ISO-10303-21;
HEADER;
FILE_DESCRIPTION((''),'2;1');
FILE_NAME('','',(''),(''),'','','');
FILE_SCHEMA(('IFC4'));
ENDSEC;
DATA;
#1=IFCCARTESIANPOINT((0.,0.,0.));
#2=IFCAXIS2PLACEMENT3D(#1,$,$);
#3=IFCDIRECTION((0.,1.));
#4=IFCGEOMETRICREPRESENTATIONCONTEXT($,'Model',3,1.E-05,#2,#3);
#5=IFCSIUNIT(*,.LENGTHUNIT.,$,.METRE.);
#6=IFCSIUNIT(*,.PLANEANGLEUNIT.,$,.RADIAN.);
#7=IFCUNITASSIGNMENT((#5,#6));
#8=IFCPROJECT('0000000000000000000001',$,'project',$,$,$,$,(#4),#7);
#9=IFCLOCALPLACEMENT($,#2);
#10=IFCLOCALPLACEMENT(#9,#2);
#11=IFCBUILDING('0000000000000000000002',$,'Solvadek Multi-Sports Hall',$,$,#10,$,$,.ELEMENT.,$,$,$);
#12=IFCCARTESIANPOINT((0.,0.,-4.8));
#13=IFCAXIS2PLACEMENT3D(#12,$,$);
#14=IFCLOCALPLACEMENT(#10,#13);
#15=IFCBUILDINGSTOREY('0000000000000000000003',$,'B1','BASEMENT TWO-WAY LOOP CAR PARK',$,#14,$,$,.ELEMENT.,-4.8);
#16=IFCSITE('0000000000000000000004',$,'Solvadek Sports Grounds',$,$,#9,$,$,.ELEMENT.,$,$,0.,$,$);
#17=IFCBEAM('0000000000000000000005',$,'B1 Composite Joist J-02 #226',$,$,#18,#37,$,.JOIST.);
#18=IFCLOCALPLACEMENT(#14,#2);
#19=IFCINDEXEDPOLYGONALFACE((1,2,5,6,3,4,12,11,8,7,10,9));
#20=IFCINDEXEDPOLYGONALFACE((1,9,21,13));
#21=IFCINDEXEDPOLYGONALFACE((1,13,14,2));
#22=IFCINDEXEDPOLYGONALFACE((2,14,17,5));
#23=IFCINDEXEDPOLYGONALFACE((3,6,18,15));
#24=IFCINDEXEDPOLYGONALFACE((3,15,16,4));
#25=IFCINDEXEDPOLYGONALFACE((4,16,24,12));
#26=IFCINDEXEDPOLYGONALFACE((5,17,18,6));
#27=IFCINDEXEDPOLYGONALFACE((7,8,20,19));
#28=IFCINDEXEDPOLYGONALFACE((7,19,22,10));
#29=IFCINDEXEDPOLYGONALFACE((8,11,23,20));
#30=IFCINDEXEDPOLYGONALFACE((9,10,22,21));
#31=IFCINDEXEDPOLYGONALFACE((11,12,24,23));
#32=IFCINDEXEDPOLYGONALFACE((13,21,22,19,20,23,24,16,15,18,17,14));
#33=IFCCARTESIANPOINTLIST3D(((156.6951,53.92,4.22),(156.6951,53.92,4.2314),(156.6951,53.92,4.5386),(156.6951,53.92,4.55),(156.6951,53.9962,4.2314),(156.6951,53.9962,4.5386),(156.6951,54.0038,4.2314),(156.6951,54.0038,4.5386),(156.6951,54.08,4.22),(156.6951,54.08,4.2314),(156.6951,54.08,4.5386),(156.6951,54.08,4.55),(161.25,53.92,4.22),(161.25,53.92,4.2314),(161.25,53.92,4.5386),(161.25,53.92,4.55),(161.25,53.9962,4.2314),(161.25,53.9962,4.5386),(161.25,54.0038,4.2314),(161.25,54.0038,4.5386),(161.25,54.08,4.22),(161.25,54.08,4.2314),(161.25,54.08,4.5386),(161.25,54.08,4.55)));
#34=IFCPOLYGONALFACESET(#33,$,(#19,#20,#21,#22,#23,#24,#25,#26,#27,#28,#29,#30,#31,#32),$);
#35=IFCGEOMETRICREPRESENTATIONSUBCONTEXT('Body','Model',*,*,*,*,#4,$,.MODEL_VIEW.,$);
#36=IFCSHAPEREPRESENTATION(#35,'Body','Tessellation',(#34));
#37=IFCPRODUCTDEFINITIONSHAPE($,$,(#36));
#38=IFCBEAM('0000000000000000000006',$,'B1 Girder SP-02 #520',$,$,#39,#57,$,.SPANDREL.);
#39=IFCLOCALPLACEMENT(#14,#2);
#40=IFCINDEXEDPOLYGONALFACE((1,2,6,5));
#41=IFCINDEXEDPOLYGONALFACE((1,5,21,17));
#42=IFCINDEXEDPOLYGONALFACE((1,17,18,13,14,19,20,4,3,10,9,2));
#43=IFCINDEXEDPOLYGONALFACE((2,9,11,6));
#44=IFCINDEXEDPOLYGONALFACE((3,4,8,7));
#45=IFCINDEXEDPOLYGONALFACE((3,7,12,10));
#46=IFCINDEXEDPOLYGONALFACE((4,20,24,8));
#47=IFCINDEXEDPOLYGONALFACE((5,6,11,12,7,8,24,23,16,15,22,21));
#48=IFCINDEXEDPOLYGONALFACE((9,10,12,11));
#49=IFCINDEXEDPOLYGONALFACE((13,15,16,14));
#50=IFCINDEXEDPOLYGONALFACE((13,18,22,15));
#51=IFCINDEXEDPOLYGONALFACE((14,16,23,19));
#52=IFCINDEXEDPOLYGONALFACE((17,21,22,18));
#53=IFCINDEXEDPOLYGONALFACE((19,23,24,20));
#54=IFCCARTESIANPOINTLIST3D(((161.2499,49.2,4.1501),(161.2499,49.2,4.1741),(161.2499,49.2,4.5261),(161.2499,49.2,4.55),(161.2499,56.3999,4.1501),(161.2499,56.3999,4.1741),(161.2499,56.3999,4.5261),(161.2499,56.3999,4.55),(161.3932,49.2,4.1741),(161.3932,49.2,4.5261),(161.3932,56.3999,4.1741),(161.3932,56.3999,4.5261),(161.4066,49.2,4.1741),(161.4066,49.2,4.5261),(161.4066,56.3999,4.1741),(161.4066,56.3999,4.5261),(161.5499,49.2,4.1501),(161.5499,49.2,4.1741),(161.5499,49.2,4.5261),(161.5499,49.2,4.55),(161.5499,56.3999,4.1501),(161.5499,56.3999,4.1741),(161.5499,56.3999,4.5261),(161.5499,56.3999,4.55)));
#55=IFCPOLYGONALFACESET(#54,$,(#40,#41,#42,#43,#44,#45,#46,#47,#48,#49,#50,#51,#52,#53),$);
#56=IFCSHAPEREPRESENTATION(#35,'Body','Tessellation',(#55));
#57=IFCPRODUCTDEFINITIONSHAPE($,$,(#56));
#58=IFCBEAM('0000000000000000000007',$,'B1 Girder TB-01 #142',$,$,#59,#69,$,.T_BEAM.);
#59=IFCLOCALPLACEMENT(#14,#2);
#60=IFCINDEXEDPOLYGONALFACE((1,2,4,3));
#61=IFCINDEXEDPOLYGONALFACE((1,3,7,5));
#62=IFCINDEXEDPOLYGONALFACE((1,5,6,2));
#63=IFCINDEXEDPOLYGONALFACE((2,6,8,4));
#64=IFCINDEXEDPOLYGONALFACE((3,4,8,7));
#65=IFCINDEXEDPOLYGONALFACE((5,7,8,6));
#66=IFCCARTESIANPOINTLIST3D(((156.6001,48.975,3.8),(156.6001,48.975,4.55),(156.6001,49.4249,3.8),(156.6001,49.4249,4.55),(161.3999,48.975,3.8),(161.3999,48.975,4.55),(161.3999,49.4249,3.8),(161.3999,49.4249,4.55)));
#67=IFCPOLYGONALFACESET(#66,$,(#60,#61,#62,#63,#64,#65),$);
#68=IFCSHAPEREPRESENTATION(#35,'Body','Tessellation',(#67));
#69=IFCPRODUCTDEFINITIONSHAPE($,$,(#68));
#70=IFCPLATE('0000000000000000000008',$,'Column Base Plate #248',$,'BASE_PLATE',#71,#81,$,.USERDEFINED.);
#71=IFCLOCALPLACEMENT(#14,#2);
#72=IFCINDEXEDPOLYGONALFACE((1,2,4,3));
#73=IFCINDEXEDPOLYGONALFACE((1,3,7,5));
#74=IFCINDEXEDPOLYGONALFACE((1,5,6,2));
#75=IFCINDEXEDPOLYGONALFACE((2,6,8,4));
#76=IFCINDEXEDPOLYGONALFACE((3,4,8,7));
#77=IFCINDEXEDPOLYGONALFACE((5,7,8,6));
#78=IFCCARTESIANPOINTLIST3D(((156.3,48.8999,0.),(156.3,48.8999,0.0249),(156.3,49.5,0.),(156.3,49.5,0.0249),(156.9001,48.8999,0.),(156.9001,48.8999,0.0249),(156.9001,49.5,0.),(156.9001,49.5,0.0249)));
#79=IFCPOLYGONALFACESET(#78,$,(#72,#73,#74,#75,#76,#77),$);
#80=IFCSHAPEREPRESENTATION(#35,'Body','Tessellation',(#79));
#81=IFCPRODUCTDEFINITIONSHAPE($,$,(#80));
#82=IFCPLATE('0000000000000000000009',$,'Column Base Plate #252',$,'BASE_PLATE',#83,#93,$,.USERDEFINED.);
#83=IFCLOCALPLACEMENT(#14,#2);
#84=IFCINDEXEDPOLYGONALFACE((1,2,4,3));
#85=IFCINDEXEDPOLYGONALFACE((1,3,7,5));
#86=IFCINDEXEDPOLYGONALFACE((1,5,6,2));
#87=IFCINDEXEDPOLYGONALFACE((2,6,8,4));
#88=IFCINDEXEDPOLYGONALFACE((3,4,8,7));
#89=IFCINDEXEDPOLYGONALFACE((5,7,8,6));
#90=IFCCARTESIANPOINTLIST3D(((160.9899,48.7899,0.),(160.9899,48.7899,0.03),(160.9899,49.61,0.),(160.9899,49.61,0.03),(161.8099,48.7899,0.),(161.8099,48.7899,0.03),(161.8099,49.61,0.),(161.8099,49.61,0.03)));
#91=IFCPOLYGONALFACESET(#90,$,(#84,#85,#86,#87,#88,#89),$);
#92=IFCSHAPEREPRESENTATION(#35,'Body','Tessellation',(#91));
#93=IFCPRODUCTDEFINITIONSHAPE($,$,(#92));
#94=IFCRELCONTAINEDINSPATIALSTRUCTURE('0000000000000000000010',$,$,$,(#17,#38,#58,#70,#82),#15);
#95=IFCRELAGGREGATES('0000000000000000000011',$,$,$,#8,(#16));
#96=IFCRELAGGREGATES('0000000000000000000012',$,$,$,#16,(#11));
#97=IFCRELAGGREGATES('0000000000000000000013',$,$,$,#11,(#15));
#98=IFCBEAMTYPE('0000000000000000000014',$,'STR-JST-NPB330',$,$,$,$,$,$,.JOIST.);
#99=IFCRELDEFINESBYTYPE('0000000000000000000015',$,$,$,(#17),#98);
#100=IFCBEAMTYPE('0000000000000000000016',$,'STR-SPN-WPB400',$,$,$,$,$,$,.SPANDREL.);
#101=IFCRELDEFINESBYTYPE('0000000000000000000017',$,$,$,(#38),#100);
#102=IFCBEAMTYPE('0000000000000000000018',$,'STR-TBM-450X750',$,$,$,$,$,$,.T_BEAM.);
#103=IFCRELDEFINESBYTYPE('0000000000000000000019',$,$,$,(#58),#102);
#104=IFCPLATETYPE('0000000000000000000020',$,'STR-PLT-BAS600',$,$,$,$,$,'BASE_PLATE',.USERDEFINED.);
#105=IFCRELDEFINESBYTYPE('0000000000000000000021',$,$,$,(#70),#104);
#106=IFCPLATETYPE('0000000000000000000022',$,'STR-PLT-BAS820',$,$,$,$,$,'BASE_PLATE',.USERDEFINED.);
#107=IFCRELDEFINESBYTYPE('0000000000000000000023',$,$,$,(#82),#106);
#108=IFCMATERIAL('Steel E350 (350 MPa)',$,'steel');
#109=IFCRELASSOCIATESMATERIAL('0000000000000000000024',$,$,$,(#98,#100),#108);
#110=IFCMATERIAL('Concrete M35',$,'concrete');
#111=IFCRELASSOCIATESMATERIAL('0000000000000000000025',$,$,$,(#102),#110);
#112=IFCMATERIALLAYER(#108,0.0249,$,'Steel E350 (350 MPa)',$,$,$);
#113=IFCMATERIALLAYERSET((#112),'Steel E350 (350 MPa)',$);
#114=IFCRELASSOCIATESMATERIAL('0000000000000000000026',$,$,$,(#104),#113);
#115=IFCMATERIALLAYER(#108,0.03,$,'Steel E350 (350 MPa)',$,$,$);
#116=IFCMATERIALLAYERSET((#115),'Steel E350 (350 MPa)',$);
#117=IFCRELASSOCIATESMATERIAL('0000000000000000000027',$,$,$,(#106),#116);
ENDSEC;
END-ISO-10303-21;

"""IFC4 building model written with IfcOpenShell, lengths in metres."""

from ifc_helpers import new_model, si_unit, direction, frame, origin, origin_2d, place, context, subcontext, project, spatial, rectangle, i_section, extrude, material, layer, layer_set, material_profile, profile_set, type_object, element, save


model = new_model("IFC4")

# Units and contexts
model_context = context("Model", 3, precision=1e-05, world=origin(), true_north=direction((0.0, 1.0)))
body_context = subcontext(model_context, "Body", "Model", "MODEL_VIEW")
ifc_project = project(units=[si_unit("LENGTHUNIT", "METRE"), si_unit("PLANEANGLEUNIT", "RADIAN")], contexts=[model_context])

# Site, building, storey
site_placement = place(None, origin())
site = spatial("IfcSite", under=ifc_project, at=site_placement, Name="Solvadek Sports Grounds", CompositionType="ELEMENT", RefElevation=0.0)
building_placement = place(site_placement, origin())
building = spatial("IfcBuilding", under=site, at=building_placement, Name="Solvadek Multi-Sports Hall", CompositionType="ELEMENT")
storey_placement = place(building_placement, frame((0.0, 0.0, -4.8)))
storey = spatial("IfcBuildingStorey", under=building, at=storey_placement, Name="B1", Description="BASEMENT TWO-WAY LOOP CAR PARK", CompositionType="ELEMENT", Elevation=-4.8)

# Shared definitions
ifc_material_1 = material(Name="Concrete M35", Category="concrete")

# Shared definitions
ifc_material_2 = material(Name="Steel E350 (350 MPa)", Category="steel")

# Beams
ifc_material_profile_1 = material_profile(ifc_material_2, i_section(OverallWidth=0.1599, OverallDepth=0.3301, WebThickness=0.0076, FlangeThickness=0.0115, at=origin_2d()), Name="NPB 330")
ifc_profile_set_1 = profile_set([ifc_material_profile_1], Name="Steel E350 (350 MPa)")
beam_type_1 = type_object("IfcBeamType", Name="STR-JST-NPB330", PredefinedType="JOIST", material=ifc_profile_set_1)
for number, where, z_axis, x_axis, name in (
    (1, (156.6951, 54.0, 4.385), (1.0, 0.0, 0.0), (0.0, 1.0, 0.0), "B1 Composite Joist J-02 #226"),
):
    element("IfcBeam", number, at=place(storey_placement, frame(where, z_axis=z_axis, x_axis=x_axis)), inside=storey, type_object=beam_type_1, Name=name, PredefinedType="JOIST", context=body_context, shape_type="SweptSolid", body=[
        extrude(i_section(OverallWidth=0.1599, OverallDepth=0.3301, WebThickness=0.0076, FlangeThickness=0.0115, at=origin_2d()), origin(), (0.0, 0.0, 1.0), 4.5549),
    ])
ifc_material_profile_2 = material_profile(ifc_material_2, i_section(OverallWidth=0.3, OverallDepth=0.3999, WebThickness=0.0134, FlangeThickness=0.0239, at=origin_2d()), Name="WPB 400")
ifc_profile_set_2 = profile_set([ifc_material_profile_2], Name="Steel E350 (350 MPa)")
beam_type_2 = type_object("IfcBeamType", Name="STR-SPN-WPB400", PredefinedType="SPANDREL", material=ifc_profile_set_2)
beam_1_placement = place(storey_placement, frame((161.3999, 49.2, 4.3501), z_axis=(0.0, 1.0, 0.0), x_axis=(-1.0, 0.0, 0.0)))
element("IfcBeam", 2, at=beam_1_placement, inside=storey, type_object=beam_type_2, Name="B1 Girder SP-02 #520", PredefinedType="SPANDREL", context=body_context, shape_type="SweptSolid", body=[
    extrude(i_section(OverallWidth=0.3, OverallDepth=0.3999, WebThickness=0.0134, FlangeThickness=0.0239, at=origin_2d()), origin(), (0.0, 0.0, 1.0), 7.2),
])
ifc_material_profile_3 = material_profile(ifc_material_1, rectangle(XDim=0.45, YDim=0.75, at=origin_2d()), Name="RC T-BEAM 450x750")
ifc_profile_set_3 = profile_set([ifc_material_profile_3], Name="Concrete M35")
beam_type_3 = type_object("IfcBeamType", Name="STR-TBM-450X750", PredefinedType="T_BEAM", material=ifc_profile_set_3)
beam_2_placement = place(storey_placement, frame((156.6001, 49.2, 4.175), z_axis=(1.0, 0.0, 0.0), x_axis=(0.0, 1.0, 0.0)))
element("IfcBeam", 3, at=beam_2_placement, inside=storey, type_object=beam_type_3, Name="B1 Girder TB-01 #142", PredefinedType="T_BEAM", context=body_context, shape_type="SweptSolid", body=[
    extrude(rectangle(XDim=0.45, YDim=0.75, at=origin_2d()), origin(), (0.0, 0.0, 1.0), 4.7998),
])

# Plates
ifc_layer_1 = layer(ifc_material_2, 0.0249, Name="Steel E350 (350 MPa)")
ifc_layer_set_1 = layer_set([ifc_layer_1], Name="Steel E350 (350 MPa)")
plate_type_1 = type_object("IfcPlateType", Name="STR-PLT-BAS600", ElementType="BASE_PLATE", PredefinedType="USERDEFINED", material=ifc_layer_set_1)
plate_1_placement = place(storey_placement, frame((156.6001, 49.2, 0.0), z_axis=(0.0, 0.0, 1.0), x_axis=(1.0, 0.0, 0.0)))
element("IfcPlate", 4, at=plate_1_placement, inside=storey, type_object=plate_type_1, Name="Column Base Plate #248", ObjectType="BASE_PLATE", PredefinedType="USERDEFINED", context=body_context, shape_type="SweptSolid", body=[
    extrude(rectangle(XDim=0.6001, YDim=0.6001, at=origin_2d()), origin(), (0.0, 0.0, 1.0), 0.0249),
])
ifc_layer_2 = layer(ifc_material_2, 0.03, Name="Steel E350 (350 MPa)")
ifc_layer_set_2 = layer_set([ifc_layer_2], Name="Steel E350 (350 MPa)")
plate_type_2 = type_object("IfcPlateType", Name="STR-PLT-BAS820", ElementType="BASE_PLATE", PredefinedType="USERDEFINED", material=ifc_layer_set_2)
plate_2_placement = place(storey_placement, frame((161.3999, 49.2, 0.0), z_axis=(0.0, 0.0, 1.0), x_axis=(1.0, 0.0, 0.0)))
element("IfcPlate", 5, at=plate_2_placement, inside=storey, type_object=plate_type_2, Name="Column Base Plate #252", ObjectType="BASE_PLATE", PredefinedType="USERDEFINED", context=body_context, shape_type="SweptSolid", body=[
    extrude(rectangle(XDim=0.8201, YDim=0.8201, at=origin_2d()), origin(), (0.0, 0.0, 1.0), 0.03),
])

save(model, "model.ifc")
